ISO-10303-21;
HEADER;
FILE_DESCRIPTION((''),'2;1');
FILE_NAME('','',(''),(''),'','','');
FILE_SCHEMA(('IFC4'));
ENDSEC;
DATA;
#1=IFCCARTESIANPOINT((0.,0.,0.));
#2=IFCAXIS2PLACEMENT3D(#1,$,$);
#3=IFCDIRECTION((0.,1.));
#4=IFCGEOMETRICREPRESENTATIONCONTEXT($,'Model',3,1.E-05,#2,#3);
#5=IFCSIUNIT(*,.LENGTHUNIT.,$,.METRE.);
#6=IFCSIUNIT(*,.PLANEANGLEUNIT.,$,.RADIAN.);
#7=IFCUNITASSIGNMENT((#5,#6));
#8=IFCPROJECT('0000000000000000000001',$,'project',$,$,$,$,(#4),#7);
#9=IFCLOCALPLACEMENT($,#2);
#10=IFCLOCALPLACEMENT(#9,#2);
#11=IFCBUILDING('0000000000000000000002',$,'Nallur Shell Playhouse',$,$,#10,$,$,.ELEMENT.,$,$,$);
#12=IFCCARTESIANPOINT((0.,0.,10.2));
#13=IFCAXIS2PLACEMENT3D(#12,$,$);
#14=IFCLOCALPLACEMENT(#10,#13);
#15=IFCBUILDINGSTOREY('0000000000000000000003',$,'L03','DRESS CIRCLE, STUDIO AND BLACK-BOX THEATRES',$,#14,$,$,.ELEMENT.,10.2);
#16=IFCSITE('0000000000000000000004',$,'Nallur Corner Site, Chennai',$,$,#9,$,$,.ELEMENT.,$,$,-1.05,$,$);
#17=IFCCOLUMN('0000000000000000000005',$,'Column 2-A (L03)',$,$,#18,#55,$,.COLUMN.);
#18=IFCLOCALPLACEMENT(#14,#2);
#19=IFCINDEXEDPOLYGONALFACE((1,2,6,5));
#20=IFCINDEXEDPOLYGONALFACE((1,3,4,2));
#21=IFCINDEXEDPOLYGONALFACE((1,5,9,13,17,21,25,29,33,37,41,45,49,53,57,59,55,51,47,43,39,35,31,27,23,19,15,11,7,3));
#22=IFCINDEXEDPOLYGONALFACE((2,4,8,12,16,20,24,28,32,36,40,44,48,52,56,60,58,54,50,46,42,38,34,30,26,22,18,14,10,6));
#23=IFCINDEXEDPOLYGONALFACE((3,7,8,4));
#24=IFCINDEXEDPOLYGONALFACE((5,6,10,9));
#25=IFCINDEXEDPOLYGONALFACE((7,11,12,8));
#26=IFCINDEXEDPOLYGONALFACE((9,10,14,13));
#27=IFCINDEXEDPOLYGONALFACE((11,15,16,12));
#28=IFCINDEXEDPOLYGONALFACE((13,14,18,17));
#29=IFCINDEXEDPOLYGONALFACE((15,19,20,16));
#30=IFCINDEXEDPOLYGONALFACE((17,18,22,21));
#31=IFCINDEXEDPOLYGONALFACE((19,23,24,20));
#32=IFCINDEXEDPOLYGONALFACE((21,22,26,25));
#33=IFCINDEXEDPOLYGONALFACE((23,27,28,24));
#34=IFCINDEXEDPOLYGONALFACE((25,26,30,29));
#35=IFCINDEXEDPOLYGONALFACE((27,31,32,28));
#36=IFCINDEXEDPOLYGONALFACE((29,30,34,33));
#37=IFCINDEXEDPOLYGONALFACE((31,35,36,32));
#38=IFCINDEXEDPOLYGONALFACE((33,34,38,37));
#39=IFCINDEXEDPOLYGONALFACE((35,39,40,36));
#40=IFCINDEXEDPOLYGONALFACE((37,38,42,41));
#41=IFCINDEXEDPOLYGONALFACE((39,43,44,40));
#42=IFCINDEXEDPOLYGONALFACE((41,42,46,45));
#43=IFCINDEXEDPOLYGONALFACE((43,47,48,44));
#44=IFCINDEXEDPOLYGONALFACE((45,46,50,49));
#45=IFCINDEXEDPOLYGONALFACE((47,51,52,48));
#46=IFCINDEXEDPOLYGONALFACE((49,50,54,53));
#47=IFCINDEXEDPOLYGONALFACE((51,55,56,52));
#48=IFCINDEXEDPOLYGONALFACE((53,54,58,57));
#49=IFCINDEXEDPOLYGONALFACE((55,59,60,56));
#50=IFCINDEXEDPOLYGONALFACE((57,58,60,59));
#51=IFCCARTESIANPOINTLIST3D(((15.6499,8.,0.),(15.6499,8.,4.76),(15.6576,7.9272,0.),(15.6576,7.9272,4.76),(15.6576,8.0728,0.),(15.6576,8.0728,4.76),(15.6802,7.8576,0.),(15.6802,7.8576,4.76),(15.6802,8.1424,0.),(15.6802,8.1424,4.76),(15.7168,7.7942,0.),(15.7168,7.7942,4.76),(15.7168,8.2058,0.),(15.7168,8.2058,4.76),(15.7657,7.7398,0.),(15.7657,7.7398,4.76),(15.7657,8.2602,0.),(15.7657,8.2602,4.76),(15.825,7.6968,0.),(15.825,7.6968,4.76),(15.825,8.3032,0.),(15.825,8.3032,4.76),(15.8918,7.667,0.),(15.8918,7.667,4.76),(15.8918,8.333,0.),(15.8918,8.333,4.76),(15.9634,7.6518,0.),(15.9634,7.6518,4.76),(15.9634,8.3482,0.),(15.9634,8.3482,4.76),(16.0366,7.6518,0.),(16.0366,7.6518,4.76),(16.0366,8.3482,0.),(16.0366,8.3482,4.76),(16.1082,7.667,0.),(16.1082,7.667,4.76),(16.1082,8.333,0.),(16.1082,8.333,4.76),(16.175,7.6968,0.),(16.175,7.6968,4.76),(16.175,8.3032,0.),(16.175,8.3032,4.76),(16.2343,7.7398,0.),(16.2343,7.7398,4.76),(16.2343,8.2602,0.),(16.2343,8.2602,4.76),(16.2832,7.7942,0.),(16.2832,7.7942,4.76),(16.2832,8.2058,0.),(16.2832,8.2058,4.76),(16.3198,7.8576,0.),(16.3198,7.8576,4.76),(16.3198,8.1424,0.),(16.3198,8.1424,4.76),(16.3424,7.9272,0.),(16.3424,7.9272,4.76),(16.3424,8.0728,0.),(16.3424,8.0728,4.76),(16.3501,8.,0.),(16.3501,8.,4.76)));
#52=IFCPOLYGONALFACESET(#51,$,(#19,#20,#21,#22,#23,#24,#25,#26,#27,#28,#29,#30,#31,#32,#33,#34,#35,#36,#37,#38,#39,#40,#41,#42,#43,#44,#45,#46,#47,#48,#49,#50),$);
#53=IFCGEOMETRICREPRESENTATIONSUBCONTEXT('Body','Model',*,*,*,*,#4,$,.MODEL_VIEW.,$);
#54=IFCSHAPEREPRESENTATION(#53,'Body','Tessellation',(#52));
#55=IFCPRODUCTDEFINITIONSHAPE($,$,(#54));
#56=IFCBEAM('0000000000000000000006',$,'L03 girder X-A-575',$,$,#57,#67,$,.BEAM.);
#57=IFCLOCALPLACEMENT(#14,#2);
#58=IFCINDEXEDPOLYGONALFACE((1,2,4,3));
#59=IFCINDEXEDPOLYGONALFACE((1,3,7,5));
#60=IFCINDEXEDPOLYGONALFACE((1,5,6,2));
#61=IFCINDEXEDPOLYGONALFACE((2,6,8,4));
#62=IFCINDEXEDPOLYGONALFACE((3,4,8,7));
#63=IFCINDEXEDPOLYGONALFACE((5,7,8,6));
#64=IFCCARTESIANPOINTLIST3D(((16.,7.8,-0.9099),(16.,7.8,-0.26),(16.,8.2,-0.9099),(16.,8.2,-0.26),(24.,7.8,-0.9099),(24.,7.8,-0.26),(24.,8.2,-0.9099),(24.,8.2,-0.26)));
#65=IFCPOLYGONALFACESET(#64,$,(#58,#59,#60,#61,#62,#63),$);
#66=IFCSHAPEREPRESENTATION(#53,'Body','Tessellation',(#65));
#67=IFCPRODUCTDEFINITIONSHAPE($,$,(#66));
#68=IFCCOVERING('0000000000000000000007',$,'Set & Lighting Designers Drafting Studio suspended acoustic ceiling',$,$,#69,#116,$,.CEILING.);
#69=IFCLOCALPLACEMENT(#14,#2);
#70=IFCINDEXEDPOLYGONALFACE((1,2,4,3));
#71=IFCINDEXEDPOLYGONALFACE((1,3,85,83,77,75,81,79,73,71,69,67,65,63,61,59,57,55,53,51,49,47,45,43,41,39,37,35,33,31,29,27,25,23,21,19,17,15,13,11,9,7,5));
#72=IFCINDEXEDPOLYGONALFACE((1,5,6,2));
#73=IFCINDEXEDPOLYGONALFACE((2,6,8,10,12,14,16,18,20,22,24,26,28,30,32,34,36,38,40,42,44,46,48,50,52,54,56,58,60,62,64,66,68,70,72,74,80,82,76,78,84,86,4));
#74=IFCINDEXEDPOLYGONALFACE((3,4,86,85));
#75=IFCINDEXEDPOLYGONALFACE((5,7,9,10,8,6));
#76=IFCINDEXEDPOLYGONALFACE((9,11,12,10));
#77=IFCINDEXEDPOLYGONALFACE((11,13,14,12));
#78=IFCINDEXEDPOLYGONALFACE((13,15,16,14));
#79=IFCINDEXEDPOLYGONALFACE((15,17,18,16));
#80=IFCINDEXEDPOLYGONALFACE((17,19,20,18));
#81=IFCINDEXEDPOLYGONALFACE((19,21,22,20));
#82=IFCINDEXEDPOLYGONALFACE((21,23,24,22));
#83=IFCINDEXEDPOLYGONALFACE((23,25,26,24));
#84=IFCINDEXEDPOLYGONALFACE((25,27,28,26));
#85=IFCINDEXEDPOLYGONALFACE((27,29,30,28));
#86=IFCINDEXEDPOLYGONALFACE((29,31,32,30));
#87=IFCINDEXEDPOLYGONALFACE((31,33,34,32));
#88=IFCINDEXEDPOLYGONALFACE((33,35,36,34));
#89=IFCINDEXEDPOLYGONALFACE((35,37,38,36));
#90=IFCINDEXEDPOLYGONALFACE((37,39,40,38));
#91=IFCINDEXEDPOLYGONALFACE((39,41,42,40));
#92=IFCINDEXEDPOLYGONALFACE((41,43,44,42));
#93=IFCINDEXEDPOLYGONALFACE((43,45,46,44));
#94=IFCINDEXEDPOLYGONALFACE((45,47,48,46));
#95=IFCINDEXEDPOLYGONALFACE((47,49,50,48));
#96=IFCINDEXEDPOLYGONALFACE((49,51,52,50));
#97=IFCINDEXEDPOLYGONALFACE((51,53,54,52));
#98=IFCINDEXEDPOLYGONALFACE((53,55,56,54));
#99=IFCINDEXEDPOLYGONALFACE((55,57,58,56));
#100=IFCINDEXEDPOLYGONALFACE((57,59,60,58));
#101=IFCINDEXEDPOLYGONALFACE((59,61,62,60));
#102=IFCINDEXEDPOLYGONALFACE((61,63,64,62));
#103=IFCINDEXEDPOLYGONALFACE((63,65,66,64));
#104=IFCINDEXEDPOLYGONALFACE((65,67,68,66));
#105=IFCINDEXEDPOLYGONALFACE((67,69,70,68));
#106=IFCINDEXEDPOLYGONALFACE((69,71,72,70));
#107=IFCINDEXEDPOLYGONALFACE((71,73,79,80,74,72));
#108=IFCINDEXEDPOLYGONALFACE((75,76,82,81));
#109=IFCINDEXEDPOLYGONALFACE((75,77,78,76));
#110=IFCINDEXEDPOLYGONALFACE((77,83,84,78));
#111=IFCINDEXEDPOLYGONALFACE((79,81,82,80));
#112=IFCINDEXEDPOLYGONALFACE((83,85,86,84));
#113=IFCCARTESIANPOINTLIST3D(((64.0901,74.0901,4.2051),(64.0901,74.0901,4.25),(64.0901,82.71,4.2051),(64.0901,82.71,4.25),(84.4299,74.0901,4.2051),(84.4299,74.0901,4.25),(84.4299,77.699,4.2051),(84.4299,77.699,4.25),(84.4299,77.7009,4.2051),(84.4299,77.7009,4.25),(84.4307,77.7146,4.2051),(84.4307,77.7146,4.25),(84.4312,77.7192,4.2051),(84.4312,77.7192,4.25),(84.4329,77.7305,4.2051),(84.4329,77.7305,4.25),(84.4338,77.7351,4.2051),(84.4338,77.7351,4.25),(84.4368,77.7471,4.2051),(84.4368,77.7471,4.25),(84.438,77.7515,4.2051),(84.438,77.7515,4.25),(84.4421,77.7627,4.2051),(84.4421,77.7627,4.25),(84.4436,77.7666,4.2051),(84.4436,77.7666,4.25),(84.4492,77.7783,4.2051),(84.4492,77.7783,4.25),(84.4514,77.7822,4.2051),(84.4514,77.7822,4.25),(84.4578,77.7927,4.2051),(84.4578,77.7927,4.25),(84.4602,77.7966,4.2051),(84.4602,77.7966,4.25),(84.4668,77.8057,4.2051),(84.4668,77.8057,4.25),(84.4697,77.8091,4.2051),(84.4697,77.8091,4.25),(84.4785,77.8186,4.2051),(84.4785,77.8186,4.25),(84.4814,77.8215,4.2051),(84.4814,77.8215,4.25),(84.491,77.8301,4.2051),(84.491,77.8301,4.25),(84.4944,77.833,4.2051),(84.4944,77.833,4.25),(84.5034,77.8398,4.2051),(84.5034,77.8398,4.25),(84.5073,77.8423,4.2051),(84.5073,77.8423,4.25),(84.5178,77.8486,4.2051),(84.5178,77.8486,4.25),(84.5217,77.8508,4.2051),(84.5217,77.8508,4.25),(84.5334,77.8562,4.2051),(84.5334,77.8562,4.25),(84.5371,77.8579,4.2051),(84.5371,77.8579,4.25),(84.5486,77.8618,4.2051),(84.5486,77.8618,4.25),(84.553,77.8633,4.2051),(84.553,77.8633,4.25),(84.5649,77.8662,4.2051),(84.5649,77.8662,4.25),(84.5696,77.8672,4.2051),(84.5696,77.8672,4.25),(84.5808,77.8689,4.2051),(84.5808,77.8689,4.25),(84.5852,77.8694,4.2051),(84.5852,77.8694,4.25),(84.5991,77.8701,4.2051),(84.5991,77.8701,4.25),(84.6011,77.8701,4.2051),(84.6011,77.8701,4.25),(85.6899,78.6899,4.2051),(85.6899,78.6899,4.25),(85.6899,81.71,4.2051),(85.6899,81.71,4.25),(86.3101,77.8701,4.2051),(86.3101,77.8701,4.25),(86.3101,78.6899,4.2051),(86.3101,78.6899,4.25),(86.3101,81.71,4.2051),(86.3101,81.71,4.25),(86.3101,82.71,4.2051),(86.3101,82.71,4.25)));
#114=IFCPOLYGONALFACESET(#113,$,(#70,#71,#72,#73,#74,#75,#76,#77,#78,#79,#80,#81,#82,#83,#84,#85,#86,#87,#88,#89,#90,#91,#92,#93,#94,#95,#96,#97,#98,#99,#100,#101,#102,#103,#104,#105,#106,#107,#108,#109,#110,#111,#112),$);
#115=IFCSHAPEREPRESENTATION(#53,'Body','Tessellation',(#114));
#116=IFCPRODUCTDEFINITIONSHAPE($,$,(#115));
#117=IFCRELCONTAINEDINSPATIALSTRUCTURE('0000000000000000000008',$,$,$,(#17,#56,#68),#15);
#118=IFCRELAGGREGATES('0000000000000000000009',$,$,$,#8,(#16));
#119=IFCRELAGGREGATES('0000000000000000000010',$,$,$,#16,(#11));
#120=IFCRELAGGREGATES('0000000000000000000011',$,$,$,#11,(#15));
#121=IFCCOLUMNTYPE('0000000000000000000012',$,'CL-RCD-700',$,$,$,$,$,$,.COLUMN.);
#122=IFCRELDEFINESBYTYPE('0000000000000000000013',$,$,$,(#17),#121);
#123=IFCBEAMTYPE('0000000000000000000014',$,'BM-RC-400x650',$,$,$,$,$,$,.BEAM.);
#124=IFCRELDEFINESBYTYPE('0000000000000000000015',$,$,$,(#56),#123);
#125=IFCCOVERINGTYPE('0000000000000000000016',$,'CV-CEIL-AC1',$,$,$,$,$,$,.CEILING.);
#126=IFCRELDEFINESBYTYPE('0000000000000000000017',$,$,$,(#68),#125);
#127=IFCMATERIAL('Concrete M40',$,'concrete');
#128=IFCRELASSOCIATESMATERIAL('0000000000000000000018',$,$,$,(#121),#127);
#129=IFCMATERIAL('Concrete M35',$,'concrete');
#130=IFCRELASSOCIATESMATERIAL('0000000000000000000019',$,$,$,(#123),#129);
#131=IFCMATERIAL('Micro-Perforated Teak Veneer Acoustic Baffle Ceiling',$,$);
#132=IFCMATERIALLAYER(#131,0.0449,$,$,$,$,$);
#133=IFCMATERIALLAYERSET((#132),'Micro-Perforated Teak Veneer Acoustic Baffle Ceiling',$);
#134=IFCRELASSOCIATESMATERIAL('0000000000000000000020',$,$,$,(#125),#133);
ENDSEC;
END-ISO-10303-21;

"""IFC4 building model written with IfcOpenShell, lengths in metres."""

from ifc_helpers import new_model, si_unit, direction, frame, origin, origin_2d, place, context, subcontext, project, spatial, polyline, rectangle, circle, outline, extrude, material, layer, layer_set, material_profile, profile_set, type_object, element, save


model = new_model("IFC4")

# Units and contexts
model_context = context("Model", 3, precision=1e-05, world=origin(), true_north=direction((0.0, 1.0)))
body_context = subcontext(model_context, "Body", "Model", "MODEL_VIEW")
ifc_project = project(units=[si_unit("LENGTHUNIT", "METRE"), si_unit("PLANEANGLEUNIT", "RADIAN")], contexts=[model_context])

# Site, building, storey
site_placement = place(None, origin())
site = spatial("IfcSite", under=ifc_project, at=site_placement, Name="Nallur Corner Site, Chennai", CompositionType="ELEMENT", RefElevation=-1.05)
building_placement = place(site_placement, origin())
building = spatial("IfcBuilding", under=site, at=building_placement, Name="Nallur Shell Playhouse", CompositionType="ELEMENT")
storey_placement = place(building_placement, frame((0.0, 0.0, 10.2)))
storey = spatial("IfcBuildingStorey", under=building, at=storey_placement, Name="L03", Description="DRESS CIRCLE, STUDIO AND BLACK-BOX THEATRES", CompositionType="ELEMENT", Elevation=10.2)

# Column
ifc_material_1 = material(Name="Concrete M40", Category="concrete")
ifc_material_profile_1 = material_profile(ifc_material_1, circle(Radius=0.3501, at=origin_2d()), Name="RC D700")
ifc_profile_set_1 = profile_set([ifc_material_profile_1], Name="Concrete M40")
column_type = type_object("IfcColumnType", Name="CL-RCD-700", PredefinedType="COLUMN", material=ifc_profile_set_1)
column_placement = place(storey_placement, frame((16.0, 8.0, 0.0), z_axis=(0.0, 0.0, 1.0), x_axis=(1.0, 0.0, 0.0)))
element("IfcColumn", 1, at=column_placement, inside=storey, type_object=column_type, Name="Column 2-A (L03)", PredefinedType="COLUMN", context=body_context, shape_type="SweptSolid", body=[
    extrude(circle(Radius=0.3501, at=origin_2d()), origin(), (0.0, 0.0, 1.0), 4.76),
])

# Beam
ifc_material_2 = material(Name="Concrete M35", Category="concrete")
ifc_material_profile_2 = material_profile(ifc_material_2, rectangle(XDim=0.3999, YDim=0.6499, at=origin_2d()), Name="RC 400x650")
ifc_profile_set_2 = profile_set([ifc_material_profile_2], Name="Concrete M35")
beam_type = type_object("IfcBeamType", Name="BM-RC-400x650", PredefinedType="BEAM", material=ifc_profile_set_2)
beam_placement = place(storey_placement, frame((16.0, 8.0, -0.585), z_axis=(1.0, 0.0, 0.0), x_axis=(0.0, 1.0, 0.0)))
element("IfcBeam", 2, at=beam_placement, inside=storey, type_object=beam_type, Name="L03 girder X-A-575", PredefinedType="BEAM", context=body_context, shape_type="SweptSolid", body=[
    extrude(rectangle(XDim=0.3999, YDim=0.6499, at=origin_2d()), origin(), (0.0, 0.0, 1.0), 8.0),
])

# Covering
ifc_material_3 = material(Name="Micro-Perforated Teak Veneer Acoustic Baffle Ceiling")
ifc_layer_1 = layer(ifc_material_3, 0.0449)
ifc_layer_set_1 = layer_set([ifc_layer_1], Name="Micro-Perforated Teak Veneer Acoustic Baffle Ceiling")
covering_type_1 = type_object("IfcCoveringType", Name="CV-CEIL-AC1", PredefinedType="CEILING", material=ifc_layer_set_1)
covering_1_placement = place(storey_placement, frame((0.0, 0.0, 4.2051)))
element("IfcCovering", 3, at=covering_1_placement, inside=storey, type_object=covering_type_1, Name="Set & Lighting Designers Drafting Studio suspended acoustic ceiling", PredefinedType="CEILING", context=body_context, shape_type="SweptSolid", body=[
    extrude(outline(polyline([(84.5991, 77.8701), (84.5852, 77.8694), (84.5808, 77.8689), (84.5696, 77.8672), (84.5649, 77.8662), (84.553, 77.8633), (84.5486, 77.8618), (84.5371, 77.8579), (84.5334, 77.8562), (84.5217, 77.8508), (84.5178, 77.8486), (84.5073, 77.8423), (84.5034, 77.8398), (84.4944, 77.833), (84.491, 77.8301), (84.4814, 77.8215), (84.4785, 77.8186), (84.4697, 77.8091), (84.4668, 77.8057), (84.4602, 77.7966), (84.4578, 77.7927), (84.4514, 77.7822), (84.4492, 77.7783), (84.4436, 77.7666), (84.4421, 77.7627), (84.438, 77.7515), (84.4368, 77.7471), (84.4338, 77.7351), (84.4329, 77.7305), (84.4312, 77.7192), (84.4307, 77.7146), (84.4299, 77.7009), (84.4299, 77.699), (84.4299, 74.0901), (64.0901, 74.0901), (64.0901, 82.71), (86.3101, 82.71), (86.3101, 81.71), (85.6899, 81.71), (85.6899, 78.6899), (86.3101, 78.6899), (86.3101, 77.8701), (84.6011, 77.8701), (84.5991, 77.8701)])), origin(), (0.0, 0.0, 1.0), 0.0449),
])

save(model, "model.ifc")
